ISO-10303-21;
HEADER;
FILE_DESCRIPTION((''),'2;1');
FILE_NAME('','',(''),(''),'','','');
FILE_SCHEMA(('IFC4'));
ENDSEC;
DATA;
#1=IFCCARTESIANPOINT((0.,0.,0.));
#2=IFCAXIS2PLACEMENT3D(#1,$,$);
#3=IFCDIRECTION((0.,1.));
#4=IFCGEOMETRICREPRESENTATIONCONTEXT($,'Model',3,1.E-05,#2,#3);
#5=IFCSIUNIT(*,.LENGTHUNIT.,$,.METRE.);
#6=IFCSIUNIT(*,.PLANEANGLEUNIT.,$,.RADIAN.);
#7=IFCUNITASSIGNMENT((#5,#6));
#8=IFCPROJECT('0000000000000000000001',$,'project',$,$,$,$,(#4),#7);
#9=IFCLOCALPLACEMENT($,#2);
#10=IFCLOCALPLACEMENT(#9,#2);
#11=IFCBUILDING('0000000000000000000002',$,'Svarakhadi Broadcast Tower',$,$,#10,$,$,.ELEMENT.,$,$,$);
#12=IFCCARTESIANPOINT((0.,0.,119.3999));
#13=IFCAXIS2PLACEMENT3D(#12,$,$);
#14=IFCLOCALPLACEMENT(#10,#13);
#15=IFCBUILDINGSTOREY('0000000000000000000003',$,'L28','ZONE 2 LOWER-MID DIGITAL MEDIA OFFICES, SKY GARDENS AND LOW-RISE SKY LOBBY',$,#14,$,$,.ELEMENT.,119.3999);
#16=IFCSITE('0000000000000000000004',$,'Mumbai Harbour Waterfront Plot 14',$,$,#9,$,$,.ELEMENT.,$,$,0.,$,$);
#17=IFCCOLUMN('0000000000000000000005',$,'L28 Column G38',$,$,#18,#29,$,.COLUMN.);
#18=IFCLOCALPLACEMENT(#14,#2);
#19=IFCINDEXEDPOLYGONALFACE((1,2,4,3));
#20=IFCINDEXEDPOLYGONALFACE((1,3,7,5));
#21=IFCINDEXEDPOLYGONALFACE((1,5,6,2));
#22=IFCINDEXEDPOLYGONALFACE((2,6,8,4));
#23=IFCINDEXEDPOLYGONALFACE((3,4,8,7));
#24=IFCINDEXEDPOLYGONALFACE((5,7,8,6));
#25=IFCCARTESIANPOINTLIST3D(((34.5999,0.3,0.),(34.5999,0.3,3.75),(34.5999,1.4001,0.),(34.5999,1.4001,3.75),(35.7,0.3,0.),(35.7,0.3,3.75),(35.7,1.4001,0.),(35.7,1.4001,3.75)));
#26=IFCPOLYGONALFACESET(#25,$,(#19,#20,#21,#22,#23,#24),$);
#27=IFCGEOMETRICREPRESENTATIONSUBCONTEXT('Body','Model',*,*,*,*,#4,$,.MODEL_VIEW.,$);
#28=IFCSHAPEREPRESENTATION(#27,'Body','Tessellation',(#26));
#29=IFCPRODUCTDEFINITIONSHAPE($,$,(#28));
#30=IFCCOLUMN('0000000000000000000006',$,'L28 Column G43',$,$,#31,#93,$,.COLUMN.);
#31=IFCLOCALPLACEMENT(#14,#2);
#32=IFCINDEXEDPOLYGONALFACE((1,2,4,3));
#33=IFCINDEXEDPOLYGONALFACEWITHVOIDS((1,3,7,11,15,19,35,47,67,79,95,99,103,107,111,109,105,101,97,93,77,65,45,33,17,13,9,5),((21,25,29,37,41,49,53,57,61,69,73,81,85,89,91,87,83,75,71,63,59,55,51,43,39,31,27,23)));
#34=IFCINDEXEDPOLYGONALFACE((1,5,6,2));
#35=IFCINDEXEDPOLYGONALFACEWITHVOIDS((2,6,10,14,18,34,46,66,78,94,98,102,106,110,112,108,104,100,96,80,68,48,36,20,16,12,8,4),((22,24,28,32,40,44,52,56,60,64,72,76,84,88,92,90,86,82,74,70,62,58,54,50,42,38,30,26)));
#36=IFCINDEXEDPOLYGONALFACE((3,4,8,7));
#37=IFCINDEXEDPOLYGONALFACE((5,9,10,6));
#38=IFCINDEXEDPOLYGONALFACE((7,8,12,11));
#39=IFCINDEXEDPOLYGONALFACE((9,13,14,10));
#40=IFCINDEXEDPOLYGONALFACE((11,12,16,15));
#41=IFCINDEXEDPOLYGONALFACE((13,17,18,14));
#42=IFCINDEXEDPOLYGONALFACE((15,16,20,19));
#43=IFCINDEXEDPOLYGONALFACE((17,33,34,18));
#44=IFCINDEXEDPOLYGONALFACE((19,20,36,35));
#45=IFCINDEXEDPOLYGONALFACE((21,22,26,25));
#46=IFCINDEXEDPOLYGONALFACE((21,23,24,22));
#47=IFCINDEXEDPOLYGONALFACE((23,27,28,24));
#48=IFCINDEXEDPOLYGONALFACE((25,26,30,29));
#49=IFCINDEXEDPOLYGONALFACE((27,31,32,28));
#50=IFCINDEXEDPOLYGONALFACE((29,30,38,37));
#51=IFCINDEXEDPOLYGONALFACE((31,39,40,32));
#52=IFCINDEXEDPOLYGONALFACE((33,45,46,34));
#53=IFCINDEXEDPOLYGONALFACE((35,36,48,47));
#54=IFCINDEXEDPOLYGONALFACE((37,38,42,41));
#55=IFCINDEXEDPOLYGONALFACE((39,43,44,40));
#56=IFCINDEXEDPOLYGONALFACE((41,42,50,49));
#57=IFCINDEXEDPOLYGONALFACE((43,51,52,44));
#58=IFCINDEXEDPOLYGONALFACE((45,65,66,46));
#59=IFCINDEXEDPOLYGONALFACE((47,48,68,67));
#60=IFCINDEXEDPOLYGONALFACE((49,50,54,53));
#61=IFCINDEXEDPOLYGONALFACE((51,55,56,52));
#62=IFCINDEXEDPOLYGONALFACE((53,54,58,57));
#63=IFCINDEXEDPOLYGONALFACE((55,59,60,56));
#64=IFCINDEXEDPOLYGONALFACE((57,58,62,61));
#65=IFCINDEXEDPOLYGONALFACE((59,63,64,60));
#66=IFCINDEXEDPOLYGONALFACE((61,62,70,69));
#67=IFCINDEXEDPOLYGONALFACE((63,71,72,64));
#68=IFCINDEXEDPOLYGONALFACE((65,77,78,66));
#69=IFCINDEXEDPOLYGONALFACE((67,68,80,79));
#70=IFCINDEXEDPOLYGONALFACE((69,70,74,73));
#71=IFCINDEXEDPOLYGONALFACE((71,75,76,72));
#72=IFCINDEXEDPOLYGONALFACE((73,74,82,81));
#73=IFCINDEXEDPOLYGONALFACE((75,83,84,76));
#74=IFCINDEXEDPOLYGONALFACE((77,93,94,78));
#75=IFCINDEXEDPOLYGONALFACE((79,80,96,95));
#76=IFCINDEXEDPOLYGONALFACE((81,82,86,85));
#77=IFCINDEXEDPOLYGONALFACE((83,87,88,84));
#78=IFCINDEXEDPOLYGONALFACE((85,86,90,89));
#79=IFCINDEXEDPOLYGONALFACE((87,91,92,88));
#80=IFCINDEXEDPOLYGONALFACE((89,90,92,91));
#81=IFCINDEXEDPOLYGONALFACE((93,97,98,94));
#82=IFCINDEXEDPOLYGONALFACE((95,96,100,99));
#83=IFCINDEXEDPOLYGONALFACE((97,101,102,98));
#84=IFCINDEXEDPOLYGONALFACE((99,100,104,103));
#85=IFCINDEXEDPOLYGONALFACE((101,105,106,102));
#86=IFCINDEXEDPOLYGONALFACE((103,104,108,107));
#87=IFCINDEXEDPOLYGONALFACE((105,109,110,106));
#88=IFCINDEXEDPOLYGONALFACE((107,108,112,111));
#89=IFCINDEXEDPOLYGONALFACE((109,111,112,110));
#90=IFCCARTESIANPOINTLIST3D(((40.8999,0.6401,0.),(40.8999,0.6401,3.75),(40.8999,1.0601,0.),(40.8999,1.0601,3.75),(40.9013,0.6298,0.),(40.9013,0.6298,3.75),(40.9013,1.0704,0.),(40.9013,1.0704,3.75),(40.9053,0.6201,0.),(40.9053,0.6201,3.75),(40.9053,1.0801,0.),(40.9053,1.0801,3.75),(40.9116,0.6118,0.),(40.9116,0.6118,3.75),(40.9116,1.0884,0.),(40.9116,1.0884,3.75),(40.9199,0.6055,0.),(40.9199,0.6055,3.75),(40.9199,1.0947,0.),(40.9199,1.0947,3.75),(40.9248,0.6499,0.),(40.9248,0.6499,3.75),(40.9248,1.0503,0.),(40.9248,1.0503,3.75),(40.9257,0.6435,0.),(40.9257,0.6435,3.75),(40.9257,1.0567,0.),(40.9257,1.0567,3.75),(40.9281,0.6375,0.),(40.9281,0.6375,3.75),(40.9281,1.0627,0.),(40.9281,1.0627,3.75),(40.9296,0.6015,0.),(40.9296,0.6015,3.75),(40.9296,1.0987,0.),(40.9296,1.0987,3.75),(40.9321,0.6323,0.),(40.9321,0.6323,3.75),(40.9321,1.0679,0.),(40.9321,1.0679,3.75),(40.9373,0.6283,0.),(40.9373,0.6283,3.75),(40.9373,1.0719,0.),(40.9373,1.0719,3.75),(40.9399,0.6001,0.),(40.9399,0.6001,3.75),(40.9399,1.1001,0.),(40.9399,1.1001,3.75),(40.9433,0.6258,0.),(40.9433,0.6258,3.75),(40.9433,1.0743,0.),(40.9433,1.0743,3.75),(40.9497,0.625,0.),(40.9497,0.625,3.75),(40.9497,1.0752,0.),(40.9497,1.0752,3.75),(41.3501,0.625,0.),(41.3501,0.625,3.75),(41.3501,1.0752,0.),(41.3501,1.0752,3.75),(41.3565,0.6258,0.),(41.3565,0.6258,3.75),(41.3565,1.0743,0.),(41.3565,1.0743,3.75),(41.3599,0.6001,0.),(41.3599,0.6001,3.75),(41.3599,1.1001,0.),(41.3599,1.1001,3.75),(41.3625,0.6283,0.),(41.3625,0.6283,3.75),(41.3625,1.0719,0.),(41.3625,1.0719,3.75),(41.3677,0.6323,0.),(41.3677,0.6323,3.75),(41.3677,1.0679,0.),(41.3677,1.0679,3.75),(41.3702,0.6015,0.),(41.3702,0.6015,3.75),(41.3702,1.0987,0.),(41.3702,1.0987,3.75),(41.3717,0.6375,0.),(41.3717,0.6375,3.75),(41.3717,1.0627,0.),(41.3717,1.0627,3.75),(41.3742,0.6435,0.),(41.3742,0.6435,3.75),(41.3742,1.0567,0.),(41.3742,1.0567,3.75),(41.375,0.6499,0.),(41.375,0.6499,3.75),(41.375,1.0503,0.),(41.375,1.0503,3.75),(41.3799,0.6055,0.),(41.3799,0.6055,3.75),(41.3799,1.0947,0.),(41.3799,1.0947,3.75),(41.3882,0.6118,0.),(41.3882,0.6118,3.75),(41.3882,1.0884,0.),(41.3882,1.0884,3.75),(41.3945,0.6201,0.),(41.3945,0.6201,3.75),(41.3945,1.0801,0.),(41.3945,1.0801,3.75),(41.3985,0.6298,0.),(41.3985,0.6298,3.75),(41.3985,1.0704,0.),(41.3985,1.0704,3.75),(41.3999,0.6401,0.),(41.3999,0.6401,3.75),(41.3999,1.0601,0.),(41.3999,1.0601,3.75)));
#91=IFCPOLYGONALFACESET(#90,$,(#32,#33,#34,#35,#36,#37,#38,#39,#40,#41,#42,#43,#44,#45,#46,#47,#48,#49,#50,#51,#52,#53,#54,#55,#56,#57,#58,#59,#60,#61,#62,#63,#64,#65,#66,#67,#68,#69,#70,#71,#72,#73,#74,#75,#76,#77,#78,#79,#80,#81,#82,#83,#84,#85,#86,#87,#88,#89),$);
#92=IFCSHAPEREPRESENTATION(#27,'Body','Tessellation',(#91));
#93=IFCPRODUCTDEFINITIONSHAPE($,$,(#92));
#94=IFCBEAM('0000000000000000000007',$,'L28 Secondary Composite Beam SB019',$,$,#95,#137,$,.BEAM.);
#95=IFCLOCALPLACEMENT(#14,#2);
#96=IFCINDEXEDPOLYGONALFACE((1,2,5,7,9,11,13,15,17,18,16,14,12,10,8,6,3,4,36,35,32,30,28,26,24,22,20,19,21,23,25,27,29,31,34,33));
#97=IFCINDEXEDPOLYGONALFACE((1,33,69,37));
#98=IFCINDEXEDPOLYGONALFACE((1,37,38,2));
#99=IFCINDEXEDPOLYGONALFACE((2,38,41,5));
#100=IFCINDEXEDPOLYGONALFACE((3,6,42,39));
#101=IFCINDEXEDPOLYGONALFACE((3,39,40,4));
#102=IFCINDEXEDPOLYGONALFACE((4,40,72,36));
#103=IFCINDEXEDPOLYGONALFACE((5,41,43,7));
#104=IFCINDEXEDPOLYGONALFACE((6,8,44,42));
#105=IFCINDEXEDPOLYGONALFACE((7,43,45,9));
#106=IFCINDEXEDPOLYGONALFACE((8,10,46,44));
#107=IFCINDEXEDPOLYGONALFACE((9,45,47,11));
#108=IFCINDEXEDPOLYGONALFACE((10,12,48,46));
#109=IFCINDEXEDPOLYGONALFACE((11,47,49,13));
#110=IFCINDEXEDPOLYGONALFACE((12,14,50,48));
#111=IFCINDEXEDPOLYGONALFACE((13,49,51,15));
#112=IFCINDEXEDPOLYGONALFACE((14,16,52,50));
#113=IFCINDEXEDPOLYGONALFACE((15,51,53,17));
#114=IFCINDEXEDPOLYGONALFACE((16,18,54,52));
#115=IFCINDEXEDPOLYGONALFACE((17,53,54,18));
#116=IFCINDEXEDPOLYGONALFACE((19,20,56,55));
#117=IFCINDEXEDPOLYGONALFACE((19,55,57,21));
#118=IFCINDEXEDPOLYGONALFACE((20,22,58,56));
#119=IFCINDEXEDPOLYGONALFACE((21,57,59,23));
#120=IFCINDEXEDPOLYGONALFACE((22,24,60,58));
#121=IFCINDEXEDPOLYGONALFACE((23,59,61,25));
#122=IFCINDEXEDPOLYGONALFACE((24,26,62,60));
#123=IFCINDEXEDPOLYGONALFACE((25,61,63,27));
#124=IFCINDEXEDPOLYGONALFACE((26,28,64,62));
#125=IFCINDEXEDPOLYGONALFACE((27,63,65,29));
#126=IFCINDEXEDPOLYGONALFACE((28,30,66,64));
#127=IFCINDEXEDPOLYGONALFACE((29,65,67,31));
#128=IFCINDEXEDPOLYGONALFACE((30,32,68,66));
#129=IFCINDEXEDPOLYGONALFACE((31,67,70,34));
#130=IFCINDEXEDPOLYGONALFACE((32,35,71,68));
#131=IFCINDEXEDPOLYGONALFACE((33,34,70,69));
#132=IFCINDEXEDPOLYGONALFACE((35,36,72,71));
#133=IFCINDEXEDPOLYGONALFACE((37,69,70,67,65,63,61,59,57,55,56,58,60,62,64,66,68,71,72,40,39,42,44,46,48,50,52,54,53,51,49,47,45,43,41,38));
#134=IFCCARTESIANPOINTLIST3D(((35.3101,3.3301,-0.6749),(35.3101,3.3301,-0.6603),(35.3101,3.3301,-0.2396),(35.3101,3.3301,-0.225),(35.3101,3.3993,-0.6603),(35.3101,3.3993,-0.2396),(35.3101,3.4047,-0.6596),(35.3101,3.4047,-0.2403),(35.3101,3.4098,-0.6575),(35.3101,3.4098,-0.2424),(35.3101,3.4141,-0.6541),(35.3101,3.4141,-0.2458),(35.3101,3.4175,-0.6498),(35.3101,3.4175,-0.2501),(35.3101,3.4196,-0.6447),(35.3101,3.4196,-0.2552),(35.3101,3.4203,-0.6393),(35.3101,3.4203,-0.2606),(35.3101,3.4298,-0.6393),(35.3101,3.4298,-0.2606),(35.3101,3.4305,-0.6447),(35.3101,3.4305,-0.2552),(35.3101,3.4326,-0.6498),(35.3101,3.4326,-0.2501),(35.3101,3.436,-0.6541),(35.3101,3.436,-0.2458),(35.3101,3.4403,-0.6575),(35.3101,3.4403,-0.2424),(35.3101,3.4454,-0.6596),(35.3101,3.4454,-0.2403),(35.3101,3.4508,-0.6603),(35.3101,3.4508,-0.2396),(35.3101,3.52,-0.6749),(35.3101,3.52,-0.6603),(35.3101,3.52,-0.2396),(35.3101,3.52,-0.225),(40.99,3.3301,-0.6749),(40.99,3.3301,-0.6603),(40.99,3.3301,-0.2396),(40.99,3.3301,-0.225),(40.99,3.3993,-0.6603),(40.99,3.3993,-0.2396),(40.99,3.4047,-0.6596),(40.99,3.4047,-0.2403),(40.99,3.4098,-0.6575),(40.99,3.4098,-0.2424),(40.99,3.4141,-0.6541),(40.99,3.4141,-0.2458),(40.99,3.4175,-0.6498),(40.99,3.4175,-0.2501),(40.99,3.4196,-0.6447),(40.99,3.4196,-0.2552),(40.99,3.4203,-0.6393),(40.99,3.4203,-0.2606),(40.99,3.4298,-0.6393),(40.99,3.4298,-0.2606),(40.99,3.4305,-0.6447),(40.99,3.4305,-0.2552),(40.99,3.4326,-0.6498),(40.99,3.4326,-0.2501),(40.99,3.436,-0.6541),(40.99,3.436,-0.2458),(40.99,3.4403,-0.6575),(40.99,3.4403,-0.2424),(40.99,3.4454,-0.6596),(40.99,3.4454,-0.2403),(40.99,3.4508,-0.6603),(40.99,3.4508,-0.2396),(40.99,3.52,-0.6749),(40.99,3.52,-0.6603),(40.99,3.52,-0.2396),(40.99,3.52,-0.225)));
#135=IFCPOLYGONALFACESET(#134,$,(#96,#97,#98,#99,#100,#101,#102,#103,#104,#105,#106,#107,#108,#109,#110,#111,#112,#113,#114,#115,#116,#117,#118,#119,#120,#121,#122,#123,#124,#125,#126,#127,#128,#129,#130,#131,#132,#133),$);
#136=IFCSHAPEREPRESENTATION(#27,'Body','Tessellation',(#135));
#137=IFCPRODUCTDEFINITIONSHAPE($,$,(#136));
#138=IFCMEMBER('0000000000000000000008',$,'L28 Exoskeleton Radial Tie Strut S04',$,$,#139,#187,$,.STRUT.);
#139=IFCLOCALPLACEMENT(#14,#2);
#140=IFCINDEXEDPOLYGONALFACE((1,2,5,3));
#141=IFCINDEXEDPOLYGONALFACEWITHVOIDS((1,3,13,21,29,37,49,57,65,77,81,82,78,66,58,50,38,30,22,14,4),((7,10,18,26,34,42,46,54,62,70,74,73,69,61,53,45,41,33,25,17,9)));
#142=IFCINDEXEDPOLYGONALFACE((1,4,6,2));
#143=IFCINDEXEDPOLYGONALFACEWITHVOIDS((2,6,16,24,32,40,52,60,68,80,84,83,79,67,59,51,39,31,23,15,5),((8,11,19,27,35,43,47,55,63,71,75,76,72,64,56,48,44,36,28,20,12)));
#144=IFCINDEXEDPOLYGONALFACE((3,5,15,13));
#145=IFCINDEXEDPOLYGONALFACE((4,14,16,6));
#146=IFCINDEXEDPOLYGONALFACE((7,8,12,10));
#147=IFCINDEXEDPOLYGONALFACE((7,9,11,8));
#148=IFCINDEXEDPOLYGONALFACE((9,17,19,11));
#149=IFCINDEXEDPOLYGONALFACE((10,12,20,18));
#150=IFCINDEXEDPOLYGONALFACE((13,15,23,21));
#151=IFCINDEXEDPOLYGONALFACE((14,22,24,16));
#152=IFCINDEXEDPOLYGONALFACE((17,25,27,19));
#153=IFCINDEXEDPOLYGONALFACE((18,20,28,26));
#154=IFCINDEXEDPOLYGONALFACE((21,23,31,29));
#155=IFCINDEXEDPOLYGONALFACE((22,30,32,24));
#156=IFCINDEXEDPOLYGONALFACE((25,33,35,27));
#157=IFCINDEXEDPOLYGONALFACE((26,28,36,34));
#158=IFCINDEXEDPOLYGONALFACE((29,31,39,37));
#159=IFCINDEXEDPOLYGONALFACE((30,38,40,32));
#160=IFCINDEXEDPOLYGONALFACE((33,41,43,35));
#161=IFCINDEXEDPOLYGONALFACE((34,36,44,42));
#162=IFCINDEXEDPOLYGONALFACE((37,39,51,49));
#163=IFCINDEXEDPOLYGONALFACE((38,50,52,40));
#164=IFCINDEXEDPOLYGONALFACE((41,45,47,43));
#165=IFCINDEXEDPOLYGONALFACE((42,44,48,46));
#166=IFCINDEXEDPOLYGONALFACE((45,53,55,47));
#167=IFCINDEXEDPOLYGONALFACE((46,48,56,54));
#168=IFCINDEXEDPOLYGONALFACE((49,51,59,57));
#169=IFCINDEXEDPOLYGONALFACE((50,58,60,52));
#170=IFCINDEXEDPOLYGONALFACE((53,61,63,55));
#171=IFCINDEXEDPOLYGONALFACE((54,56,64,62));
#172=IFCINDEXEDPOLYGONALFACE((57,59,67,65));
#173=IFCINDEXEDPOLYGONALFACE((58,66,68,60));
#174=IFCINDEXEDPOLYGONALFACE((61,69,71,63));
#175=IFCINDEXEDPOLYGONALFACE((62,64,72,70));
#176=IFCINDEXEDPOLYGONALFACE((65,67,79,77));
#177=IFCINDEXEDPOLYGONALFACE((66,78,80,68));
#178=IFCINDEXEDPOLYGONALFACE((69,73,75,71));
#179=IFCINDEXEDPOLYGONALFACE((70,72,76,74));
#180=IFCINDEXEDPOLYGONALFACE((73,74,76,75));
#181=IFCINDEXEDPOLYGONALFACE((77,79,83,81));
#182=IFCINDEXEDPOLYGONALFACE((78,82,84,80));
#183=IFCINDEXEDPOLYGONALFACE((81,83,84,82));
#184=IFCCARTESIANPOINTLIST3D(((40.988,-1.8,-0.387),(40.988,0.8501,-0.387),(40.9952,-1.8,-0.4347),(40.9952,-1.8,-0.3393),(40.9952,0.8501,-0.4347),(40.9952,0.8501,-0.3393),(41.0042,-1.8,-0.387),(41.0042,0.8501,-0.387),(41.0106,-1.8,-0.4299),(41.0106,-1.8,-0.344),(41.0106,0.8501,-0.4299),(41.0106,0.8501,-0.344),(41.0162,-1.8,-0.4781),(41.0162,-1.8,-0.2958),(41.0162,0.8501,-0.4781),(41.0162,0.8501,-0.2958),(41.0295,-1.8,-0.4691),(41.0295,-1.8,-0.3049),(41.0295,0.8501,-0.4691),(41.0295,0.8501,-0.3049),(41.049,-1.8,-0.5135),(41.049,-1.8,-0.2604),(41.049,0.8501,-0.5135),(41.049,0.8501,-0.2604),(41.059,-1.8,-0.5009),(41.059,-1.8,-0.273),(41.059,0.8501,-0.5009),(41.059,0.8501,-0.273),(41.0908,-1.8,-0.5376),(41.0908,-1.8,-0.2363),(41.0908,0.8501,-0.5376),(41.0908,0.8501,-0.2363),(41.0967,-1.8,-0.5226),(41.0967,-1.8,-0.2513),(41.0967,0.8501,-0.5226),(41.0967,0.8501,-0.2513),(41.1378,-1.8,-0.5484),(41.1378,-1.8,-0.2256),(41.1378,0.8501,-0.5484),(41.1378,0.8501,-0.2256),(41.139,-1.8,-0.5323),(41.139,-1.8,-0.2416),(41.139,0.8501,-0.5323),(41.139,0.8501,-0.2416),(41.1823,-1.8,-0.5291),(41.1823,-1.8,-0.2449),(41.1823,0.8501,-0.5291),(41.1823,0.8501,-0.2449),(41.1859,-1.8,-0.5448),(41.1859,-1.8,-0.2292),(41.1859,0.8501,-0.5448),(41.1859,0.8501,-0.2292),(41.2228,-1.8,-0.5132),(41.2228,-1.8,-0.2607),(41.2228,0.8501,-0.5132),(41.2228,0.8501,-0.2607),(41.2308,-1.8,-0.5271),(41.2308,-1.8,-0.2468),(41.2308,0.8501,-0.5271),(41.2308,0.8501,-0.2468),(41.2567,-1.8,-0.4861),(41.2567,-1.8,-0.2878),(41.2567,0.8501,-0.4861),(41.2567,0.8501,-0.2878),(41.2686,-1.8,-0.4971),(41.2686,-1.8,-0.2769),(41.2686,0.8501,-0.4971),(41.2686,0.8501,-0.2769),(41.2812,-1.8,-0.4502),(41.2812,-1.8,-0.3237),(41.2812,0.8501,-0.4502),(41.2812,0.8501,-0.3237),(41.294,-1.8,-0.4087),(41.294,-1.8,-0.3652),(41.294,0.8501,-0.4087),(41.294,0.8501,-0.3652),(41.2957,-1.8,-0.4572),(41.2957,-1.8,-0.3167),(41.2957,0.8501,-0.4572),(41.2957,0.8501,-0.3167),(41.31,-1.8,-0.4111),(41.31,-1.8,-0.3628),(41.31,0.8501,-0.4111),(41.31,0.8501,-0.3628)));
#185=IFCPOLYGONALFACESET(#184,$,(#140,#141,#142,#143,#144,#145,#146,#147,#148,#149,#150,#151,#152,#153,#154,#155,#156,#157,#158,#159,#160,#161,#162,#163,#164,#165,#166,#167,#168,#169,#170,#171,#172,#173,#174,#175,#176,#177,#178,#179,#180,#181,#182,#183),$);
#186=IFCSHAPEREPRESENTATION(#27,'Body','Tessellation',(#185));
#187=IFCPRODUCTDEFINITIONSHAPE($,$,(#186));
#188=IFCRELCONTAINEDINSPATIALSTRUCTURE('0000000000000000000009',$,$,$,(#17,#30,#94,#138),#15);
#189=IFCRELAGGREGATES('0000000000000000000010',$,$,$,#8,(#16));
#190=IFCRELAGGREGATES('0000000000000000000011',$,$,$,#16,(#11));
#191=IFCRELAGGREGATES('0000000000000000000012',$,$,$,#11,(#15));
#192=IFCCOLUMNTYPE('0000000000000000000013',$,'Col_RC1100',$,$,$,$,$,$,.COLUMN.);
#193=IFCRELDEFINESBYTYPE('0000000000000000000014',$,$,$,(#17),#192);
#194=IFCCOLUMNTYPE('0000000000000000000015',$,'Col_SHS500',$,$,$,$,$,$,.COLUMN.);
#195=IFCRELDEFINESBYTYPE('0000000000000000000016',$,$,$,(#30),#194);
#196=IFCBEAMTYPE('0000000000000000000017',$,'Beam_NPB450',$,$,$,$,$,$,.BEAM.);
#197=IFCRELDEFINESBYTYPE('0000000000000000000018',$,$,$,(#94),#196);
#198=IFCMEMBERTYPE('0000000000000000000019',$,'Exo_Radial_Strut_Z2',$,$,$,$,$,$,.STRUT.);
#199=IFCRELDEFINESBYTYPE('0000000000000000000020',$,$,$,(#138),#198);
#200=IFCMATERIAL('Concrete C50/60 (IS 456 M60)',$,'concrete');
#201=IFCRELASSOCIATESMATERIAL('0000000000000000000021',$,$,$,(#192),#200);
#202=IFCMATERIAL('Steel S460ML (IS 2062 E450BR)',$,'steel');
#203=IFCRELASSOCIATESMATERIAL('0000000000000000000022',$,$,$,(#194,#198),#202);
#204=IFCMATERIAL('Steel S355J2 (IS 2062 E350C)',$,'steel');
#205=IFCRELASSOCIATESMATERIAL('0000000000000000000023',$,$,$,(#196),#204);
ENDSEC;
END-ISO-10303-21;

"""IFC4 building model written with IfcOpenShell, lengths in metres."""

from ifc_helpers import new_model, si_unit, direction, frame, origin, origin_2d, place, context, subcontext, project, spatial, rectangle, hollow_rectangle, hollow_circle, i_section, extrude, material, material_profile, profile_set, type_object, element, save


model = new_model("IFC4")

# Units and contexts
model_context = context("Model", 3, precision=1e-05, world=origin(), true_north=direction((0.0, 1.0)))
body_context = subcontext(model_context, "Body", "Model", "MODEL_VIEW")
ifc_project = project(units=[si_unit("LENGTHUNIT", "METRE"), si_unit("PLANEANGLEUNIT", "RADIAN")], contexts=[model_context])

# Site, building, storey
site_placement = place(None, origin())
site = spatial("IfcSite", under=ifc_project, at=site_placement, Name="Mumbai Harbour Waterfront Plot 14", CompositionType="ELEMENT", RefElevation=0.0)
building_placement = place(site_placement, origin())
building = spatial("IfcBuilding", under=site, at=building_placement, Name="Svarakhadi Broadcast Tower", CompositionType="ELEMENT")
storey_placement = place(building_placement, frame((0.0, 0.0, 119.3999)))
storey = spatial("IfcBuildingStorey", under=building, at=storey_placement, Name="L28", Description="ZONE 2 LOWER-MID DIGITAL MEDIA OFFICES, SKY GARDENS AND LOW-RISE SKY LOBBY", CompositionType="ELEMENT", Elevation=119.3999)

# Columns
ifc_material_1 = material(Name="Concrete C50/60 (IS 456 M60)", Category="concrete")
ifc_material_profile_1 = material_profile(ifc_material_1, rectangle(XDim=1.1001, YDim=1.1001, at=origin_2d()), Name="RC 1100x1100")
ifc_profile_set_1 = profile_set([ifc_material_profile_1], Name="Concrete C50/60 (IS 456 M60)")
column_type_1 = type_object("IfcColumnType", Name="Col_RC1100", PredefinedType="COLUMN", material=ifc_profile_set_1)
column_1_placement = place(storey_placement, frame((35.1499, 0.8501, 0.0), z_axis=(0.0, 0.0, 1.0), x_axis=(1.0, 0.0, 0.0)))
element("IfcColumn", 1, at=column_1_placement, inside=storey, type_object=column_type_1, Name="L28 Column G38", PredefinedType="COLUMN", context=body_context, shape_type="SweptSolid", body=[
    extrude(rectangle(XDim=1.1001, YDim=1.1001, at=origin_2d()), origin(), (0.0, 0.0, 1.0), 3.75),
])
ifc_material_2 = material(Name="Steel S460ML (IS 2062 E450BR)", Category="steel")
ifc_material_profile_2 = material_profile(ifc_material_2, hollow_rectangle(XDim=0.5, YDim=0.5, WallThickness=0.0249, InnerFilletRadius=0.0249, OuterFilletRadius=0.04, at=origin_2d()), Name="SHS 500x500x25")
ifc_profile_set_2 = profile_set([ifc_material_profile_2], Name="Steel S460ML (IS 2062 E450BR)")
column_type_2 = type_object("IfcColumnType", Name="Col_SHS500", PredefinedType="COLUMN", material=ifc_profile_set_2)
column_2_placement = place(storey_placement, frame((41.1499, 0.8501, 0.0), z_axis=(0.0, 0.0, 1.0), x_axis=(1.0, 0.0, 0.0)))
element("IfcColumn", 2, at=column_2_placement, inside=storey, type_object=column_type_2, Name="L28 Column G43", PredefinedType="COLUMN", context=body_context, shape_type="SweptSolid", body=[
    extrude(hollow_rectangle(XDim=0.5, YDim=0.5, WallThickness=0.0249, InnerFilletRadius=0.0249, OuterFilletRadius=0.04, at=origin_2d()), origin(), (0.0, 0.0, 1.0), 3.75),
])

# Beam
ifc_material_3 = material(Name="Steel S355J2 (IS 2062 E350C)", Category="steel")
ifc_material_profile_3 = material_profile(ifc_material_3, i_section(OverallWidth=0.1899, OverallDepth=0.45, WebThickness=0.0095, FlangeThickness=0.0146, FilletRadius=0.021, at=origin_2d()), Name="NPB 450x190x78")
ifc_profile_set_3 = profile_set([ifc_material_profile_3], Name="Steel S355J2 (IS 2062 E350C)")
beam_type_1 = type_object("IfcBeamType", Name="Beam_NPB450", PredefinedType="BEAM", material=ifc_profile_set_3)
beam_1_placement = place(storey_placement, frame((35.3101, 3.425, -0.45), z_axis=(1.0, 0.0, 0.0), x_axis=(0.0, 1.0, 0.0)))
element("IfcBeam", 3, at=beam_1_placement, inside=storey, type_object=beam_type_1, Name="L28 Secondary Composite Beam SB019", PredefinedType="BEAM", context=body_context, shape_type="SweptSolid", body=[
    extrude(i_section(OverallWidth=0.1899, OverallDepth=0.45, WebThickness=0.0095, FlangeThickness=0.0146, FilletRadius=0.021, at=origin_2d()), origin(), (0.0, 0.0, 1.0), 5.6799),
])

# Member
ifc_material_profile_4 = material_profile(ifc_material_2, hollow_circle(Radius=0.1619, WallThickness=0.0161, at=origin_2d()), Name="CHS 323.9x16")
ifc_profile_set_4 = profile_set([ifc_material_profile_4], Name="Steel S460ML (IS 2062 E450BR)")
member_type = type_object("IfcMemberType", Name="Exo_Radial_Strut_Z2", PredefinedType="STRUT", material=ifc_profile_set_4)
member_placement = place(storey_placement, frame((41.1499, -1.8, -0.387), z_axis=(0.0, 1.0, 0.0), x_axis=(-1.0, 0.0, 0.0)))
element("IfcMember", 4, at=member_placement, inside=storey, type_object=member_type, Name="L28 Exoskeleton Radial Tie Strut S04", PredefinedType="STRUT", context=body_context, shape_type="SweptSolid", body=[
    extrude(hollow_circle(Radius=0.1619, WallThickness=0.0161, at=origin_2d()), origin(), (0.0, 0.0, 1.0), 2.6501),
])

save(model, "model.ifc")
